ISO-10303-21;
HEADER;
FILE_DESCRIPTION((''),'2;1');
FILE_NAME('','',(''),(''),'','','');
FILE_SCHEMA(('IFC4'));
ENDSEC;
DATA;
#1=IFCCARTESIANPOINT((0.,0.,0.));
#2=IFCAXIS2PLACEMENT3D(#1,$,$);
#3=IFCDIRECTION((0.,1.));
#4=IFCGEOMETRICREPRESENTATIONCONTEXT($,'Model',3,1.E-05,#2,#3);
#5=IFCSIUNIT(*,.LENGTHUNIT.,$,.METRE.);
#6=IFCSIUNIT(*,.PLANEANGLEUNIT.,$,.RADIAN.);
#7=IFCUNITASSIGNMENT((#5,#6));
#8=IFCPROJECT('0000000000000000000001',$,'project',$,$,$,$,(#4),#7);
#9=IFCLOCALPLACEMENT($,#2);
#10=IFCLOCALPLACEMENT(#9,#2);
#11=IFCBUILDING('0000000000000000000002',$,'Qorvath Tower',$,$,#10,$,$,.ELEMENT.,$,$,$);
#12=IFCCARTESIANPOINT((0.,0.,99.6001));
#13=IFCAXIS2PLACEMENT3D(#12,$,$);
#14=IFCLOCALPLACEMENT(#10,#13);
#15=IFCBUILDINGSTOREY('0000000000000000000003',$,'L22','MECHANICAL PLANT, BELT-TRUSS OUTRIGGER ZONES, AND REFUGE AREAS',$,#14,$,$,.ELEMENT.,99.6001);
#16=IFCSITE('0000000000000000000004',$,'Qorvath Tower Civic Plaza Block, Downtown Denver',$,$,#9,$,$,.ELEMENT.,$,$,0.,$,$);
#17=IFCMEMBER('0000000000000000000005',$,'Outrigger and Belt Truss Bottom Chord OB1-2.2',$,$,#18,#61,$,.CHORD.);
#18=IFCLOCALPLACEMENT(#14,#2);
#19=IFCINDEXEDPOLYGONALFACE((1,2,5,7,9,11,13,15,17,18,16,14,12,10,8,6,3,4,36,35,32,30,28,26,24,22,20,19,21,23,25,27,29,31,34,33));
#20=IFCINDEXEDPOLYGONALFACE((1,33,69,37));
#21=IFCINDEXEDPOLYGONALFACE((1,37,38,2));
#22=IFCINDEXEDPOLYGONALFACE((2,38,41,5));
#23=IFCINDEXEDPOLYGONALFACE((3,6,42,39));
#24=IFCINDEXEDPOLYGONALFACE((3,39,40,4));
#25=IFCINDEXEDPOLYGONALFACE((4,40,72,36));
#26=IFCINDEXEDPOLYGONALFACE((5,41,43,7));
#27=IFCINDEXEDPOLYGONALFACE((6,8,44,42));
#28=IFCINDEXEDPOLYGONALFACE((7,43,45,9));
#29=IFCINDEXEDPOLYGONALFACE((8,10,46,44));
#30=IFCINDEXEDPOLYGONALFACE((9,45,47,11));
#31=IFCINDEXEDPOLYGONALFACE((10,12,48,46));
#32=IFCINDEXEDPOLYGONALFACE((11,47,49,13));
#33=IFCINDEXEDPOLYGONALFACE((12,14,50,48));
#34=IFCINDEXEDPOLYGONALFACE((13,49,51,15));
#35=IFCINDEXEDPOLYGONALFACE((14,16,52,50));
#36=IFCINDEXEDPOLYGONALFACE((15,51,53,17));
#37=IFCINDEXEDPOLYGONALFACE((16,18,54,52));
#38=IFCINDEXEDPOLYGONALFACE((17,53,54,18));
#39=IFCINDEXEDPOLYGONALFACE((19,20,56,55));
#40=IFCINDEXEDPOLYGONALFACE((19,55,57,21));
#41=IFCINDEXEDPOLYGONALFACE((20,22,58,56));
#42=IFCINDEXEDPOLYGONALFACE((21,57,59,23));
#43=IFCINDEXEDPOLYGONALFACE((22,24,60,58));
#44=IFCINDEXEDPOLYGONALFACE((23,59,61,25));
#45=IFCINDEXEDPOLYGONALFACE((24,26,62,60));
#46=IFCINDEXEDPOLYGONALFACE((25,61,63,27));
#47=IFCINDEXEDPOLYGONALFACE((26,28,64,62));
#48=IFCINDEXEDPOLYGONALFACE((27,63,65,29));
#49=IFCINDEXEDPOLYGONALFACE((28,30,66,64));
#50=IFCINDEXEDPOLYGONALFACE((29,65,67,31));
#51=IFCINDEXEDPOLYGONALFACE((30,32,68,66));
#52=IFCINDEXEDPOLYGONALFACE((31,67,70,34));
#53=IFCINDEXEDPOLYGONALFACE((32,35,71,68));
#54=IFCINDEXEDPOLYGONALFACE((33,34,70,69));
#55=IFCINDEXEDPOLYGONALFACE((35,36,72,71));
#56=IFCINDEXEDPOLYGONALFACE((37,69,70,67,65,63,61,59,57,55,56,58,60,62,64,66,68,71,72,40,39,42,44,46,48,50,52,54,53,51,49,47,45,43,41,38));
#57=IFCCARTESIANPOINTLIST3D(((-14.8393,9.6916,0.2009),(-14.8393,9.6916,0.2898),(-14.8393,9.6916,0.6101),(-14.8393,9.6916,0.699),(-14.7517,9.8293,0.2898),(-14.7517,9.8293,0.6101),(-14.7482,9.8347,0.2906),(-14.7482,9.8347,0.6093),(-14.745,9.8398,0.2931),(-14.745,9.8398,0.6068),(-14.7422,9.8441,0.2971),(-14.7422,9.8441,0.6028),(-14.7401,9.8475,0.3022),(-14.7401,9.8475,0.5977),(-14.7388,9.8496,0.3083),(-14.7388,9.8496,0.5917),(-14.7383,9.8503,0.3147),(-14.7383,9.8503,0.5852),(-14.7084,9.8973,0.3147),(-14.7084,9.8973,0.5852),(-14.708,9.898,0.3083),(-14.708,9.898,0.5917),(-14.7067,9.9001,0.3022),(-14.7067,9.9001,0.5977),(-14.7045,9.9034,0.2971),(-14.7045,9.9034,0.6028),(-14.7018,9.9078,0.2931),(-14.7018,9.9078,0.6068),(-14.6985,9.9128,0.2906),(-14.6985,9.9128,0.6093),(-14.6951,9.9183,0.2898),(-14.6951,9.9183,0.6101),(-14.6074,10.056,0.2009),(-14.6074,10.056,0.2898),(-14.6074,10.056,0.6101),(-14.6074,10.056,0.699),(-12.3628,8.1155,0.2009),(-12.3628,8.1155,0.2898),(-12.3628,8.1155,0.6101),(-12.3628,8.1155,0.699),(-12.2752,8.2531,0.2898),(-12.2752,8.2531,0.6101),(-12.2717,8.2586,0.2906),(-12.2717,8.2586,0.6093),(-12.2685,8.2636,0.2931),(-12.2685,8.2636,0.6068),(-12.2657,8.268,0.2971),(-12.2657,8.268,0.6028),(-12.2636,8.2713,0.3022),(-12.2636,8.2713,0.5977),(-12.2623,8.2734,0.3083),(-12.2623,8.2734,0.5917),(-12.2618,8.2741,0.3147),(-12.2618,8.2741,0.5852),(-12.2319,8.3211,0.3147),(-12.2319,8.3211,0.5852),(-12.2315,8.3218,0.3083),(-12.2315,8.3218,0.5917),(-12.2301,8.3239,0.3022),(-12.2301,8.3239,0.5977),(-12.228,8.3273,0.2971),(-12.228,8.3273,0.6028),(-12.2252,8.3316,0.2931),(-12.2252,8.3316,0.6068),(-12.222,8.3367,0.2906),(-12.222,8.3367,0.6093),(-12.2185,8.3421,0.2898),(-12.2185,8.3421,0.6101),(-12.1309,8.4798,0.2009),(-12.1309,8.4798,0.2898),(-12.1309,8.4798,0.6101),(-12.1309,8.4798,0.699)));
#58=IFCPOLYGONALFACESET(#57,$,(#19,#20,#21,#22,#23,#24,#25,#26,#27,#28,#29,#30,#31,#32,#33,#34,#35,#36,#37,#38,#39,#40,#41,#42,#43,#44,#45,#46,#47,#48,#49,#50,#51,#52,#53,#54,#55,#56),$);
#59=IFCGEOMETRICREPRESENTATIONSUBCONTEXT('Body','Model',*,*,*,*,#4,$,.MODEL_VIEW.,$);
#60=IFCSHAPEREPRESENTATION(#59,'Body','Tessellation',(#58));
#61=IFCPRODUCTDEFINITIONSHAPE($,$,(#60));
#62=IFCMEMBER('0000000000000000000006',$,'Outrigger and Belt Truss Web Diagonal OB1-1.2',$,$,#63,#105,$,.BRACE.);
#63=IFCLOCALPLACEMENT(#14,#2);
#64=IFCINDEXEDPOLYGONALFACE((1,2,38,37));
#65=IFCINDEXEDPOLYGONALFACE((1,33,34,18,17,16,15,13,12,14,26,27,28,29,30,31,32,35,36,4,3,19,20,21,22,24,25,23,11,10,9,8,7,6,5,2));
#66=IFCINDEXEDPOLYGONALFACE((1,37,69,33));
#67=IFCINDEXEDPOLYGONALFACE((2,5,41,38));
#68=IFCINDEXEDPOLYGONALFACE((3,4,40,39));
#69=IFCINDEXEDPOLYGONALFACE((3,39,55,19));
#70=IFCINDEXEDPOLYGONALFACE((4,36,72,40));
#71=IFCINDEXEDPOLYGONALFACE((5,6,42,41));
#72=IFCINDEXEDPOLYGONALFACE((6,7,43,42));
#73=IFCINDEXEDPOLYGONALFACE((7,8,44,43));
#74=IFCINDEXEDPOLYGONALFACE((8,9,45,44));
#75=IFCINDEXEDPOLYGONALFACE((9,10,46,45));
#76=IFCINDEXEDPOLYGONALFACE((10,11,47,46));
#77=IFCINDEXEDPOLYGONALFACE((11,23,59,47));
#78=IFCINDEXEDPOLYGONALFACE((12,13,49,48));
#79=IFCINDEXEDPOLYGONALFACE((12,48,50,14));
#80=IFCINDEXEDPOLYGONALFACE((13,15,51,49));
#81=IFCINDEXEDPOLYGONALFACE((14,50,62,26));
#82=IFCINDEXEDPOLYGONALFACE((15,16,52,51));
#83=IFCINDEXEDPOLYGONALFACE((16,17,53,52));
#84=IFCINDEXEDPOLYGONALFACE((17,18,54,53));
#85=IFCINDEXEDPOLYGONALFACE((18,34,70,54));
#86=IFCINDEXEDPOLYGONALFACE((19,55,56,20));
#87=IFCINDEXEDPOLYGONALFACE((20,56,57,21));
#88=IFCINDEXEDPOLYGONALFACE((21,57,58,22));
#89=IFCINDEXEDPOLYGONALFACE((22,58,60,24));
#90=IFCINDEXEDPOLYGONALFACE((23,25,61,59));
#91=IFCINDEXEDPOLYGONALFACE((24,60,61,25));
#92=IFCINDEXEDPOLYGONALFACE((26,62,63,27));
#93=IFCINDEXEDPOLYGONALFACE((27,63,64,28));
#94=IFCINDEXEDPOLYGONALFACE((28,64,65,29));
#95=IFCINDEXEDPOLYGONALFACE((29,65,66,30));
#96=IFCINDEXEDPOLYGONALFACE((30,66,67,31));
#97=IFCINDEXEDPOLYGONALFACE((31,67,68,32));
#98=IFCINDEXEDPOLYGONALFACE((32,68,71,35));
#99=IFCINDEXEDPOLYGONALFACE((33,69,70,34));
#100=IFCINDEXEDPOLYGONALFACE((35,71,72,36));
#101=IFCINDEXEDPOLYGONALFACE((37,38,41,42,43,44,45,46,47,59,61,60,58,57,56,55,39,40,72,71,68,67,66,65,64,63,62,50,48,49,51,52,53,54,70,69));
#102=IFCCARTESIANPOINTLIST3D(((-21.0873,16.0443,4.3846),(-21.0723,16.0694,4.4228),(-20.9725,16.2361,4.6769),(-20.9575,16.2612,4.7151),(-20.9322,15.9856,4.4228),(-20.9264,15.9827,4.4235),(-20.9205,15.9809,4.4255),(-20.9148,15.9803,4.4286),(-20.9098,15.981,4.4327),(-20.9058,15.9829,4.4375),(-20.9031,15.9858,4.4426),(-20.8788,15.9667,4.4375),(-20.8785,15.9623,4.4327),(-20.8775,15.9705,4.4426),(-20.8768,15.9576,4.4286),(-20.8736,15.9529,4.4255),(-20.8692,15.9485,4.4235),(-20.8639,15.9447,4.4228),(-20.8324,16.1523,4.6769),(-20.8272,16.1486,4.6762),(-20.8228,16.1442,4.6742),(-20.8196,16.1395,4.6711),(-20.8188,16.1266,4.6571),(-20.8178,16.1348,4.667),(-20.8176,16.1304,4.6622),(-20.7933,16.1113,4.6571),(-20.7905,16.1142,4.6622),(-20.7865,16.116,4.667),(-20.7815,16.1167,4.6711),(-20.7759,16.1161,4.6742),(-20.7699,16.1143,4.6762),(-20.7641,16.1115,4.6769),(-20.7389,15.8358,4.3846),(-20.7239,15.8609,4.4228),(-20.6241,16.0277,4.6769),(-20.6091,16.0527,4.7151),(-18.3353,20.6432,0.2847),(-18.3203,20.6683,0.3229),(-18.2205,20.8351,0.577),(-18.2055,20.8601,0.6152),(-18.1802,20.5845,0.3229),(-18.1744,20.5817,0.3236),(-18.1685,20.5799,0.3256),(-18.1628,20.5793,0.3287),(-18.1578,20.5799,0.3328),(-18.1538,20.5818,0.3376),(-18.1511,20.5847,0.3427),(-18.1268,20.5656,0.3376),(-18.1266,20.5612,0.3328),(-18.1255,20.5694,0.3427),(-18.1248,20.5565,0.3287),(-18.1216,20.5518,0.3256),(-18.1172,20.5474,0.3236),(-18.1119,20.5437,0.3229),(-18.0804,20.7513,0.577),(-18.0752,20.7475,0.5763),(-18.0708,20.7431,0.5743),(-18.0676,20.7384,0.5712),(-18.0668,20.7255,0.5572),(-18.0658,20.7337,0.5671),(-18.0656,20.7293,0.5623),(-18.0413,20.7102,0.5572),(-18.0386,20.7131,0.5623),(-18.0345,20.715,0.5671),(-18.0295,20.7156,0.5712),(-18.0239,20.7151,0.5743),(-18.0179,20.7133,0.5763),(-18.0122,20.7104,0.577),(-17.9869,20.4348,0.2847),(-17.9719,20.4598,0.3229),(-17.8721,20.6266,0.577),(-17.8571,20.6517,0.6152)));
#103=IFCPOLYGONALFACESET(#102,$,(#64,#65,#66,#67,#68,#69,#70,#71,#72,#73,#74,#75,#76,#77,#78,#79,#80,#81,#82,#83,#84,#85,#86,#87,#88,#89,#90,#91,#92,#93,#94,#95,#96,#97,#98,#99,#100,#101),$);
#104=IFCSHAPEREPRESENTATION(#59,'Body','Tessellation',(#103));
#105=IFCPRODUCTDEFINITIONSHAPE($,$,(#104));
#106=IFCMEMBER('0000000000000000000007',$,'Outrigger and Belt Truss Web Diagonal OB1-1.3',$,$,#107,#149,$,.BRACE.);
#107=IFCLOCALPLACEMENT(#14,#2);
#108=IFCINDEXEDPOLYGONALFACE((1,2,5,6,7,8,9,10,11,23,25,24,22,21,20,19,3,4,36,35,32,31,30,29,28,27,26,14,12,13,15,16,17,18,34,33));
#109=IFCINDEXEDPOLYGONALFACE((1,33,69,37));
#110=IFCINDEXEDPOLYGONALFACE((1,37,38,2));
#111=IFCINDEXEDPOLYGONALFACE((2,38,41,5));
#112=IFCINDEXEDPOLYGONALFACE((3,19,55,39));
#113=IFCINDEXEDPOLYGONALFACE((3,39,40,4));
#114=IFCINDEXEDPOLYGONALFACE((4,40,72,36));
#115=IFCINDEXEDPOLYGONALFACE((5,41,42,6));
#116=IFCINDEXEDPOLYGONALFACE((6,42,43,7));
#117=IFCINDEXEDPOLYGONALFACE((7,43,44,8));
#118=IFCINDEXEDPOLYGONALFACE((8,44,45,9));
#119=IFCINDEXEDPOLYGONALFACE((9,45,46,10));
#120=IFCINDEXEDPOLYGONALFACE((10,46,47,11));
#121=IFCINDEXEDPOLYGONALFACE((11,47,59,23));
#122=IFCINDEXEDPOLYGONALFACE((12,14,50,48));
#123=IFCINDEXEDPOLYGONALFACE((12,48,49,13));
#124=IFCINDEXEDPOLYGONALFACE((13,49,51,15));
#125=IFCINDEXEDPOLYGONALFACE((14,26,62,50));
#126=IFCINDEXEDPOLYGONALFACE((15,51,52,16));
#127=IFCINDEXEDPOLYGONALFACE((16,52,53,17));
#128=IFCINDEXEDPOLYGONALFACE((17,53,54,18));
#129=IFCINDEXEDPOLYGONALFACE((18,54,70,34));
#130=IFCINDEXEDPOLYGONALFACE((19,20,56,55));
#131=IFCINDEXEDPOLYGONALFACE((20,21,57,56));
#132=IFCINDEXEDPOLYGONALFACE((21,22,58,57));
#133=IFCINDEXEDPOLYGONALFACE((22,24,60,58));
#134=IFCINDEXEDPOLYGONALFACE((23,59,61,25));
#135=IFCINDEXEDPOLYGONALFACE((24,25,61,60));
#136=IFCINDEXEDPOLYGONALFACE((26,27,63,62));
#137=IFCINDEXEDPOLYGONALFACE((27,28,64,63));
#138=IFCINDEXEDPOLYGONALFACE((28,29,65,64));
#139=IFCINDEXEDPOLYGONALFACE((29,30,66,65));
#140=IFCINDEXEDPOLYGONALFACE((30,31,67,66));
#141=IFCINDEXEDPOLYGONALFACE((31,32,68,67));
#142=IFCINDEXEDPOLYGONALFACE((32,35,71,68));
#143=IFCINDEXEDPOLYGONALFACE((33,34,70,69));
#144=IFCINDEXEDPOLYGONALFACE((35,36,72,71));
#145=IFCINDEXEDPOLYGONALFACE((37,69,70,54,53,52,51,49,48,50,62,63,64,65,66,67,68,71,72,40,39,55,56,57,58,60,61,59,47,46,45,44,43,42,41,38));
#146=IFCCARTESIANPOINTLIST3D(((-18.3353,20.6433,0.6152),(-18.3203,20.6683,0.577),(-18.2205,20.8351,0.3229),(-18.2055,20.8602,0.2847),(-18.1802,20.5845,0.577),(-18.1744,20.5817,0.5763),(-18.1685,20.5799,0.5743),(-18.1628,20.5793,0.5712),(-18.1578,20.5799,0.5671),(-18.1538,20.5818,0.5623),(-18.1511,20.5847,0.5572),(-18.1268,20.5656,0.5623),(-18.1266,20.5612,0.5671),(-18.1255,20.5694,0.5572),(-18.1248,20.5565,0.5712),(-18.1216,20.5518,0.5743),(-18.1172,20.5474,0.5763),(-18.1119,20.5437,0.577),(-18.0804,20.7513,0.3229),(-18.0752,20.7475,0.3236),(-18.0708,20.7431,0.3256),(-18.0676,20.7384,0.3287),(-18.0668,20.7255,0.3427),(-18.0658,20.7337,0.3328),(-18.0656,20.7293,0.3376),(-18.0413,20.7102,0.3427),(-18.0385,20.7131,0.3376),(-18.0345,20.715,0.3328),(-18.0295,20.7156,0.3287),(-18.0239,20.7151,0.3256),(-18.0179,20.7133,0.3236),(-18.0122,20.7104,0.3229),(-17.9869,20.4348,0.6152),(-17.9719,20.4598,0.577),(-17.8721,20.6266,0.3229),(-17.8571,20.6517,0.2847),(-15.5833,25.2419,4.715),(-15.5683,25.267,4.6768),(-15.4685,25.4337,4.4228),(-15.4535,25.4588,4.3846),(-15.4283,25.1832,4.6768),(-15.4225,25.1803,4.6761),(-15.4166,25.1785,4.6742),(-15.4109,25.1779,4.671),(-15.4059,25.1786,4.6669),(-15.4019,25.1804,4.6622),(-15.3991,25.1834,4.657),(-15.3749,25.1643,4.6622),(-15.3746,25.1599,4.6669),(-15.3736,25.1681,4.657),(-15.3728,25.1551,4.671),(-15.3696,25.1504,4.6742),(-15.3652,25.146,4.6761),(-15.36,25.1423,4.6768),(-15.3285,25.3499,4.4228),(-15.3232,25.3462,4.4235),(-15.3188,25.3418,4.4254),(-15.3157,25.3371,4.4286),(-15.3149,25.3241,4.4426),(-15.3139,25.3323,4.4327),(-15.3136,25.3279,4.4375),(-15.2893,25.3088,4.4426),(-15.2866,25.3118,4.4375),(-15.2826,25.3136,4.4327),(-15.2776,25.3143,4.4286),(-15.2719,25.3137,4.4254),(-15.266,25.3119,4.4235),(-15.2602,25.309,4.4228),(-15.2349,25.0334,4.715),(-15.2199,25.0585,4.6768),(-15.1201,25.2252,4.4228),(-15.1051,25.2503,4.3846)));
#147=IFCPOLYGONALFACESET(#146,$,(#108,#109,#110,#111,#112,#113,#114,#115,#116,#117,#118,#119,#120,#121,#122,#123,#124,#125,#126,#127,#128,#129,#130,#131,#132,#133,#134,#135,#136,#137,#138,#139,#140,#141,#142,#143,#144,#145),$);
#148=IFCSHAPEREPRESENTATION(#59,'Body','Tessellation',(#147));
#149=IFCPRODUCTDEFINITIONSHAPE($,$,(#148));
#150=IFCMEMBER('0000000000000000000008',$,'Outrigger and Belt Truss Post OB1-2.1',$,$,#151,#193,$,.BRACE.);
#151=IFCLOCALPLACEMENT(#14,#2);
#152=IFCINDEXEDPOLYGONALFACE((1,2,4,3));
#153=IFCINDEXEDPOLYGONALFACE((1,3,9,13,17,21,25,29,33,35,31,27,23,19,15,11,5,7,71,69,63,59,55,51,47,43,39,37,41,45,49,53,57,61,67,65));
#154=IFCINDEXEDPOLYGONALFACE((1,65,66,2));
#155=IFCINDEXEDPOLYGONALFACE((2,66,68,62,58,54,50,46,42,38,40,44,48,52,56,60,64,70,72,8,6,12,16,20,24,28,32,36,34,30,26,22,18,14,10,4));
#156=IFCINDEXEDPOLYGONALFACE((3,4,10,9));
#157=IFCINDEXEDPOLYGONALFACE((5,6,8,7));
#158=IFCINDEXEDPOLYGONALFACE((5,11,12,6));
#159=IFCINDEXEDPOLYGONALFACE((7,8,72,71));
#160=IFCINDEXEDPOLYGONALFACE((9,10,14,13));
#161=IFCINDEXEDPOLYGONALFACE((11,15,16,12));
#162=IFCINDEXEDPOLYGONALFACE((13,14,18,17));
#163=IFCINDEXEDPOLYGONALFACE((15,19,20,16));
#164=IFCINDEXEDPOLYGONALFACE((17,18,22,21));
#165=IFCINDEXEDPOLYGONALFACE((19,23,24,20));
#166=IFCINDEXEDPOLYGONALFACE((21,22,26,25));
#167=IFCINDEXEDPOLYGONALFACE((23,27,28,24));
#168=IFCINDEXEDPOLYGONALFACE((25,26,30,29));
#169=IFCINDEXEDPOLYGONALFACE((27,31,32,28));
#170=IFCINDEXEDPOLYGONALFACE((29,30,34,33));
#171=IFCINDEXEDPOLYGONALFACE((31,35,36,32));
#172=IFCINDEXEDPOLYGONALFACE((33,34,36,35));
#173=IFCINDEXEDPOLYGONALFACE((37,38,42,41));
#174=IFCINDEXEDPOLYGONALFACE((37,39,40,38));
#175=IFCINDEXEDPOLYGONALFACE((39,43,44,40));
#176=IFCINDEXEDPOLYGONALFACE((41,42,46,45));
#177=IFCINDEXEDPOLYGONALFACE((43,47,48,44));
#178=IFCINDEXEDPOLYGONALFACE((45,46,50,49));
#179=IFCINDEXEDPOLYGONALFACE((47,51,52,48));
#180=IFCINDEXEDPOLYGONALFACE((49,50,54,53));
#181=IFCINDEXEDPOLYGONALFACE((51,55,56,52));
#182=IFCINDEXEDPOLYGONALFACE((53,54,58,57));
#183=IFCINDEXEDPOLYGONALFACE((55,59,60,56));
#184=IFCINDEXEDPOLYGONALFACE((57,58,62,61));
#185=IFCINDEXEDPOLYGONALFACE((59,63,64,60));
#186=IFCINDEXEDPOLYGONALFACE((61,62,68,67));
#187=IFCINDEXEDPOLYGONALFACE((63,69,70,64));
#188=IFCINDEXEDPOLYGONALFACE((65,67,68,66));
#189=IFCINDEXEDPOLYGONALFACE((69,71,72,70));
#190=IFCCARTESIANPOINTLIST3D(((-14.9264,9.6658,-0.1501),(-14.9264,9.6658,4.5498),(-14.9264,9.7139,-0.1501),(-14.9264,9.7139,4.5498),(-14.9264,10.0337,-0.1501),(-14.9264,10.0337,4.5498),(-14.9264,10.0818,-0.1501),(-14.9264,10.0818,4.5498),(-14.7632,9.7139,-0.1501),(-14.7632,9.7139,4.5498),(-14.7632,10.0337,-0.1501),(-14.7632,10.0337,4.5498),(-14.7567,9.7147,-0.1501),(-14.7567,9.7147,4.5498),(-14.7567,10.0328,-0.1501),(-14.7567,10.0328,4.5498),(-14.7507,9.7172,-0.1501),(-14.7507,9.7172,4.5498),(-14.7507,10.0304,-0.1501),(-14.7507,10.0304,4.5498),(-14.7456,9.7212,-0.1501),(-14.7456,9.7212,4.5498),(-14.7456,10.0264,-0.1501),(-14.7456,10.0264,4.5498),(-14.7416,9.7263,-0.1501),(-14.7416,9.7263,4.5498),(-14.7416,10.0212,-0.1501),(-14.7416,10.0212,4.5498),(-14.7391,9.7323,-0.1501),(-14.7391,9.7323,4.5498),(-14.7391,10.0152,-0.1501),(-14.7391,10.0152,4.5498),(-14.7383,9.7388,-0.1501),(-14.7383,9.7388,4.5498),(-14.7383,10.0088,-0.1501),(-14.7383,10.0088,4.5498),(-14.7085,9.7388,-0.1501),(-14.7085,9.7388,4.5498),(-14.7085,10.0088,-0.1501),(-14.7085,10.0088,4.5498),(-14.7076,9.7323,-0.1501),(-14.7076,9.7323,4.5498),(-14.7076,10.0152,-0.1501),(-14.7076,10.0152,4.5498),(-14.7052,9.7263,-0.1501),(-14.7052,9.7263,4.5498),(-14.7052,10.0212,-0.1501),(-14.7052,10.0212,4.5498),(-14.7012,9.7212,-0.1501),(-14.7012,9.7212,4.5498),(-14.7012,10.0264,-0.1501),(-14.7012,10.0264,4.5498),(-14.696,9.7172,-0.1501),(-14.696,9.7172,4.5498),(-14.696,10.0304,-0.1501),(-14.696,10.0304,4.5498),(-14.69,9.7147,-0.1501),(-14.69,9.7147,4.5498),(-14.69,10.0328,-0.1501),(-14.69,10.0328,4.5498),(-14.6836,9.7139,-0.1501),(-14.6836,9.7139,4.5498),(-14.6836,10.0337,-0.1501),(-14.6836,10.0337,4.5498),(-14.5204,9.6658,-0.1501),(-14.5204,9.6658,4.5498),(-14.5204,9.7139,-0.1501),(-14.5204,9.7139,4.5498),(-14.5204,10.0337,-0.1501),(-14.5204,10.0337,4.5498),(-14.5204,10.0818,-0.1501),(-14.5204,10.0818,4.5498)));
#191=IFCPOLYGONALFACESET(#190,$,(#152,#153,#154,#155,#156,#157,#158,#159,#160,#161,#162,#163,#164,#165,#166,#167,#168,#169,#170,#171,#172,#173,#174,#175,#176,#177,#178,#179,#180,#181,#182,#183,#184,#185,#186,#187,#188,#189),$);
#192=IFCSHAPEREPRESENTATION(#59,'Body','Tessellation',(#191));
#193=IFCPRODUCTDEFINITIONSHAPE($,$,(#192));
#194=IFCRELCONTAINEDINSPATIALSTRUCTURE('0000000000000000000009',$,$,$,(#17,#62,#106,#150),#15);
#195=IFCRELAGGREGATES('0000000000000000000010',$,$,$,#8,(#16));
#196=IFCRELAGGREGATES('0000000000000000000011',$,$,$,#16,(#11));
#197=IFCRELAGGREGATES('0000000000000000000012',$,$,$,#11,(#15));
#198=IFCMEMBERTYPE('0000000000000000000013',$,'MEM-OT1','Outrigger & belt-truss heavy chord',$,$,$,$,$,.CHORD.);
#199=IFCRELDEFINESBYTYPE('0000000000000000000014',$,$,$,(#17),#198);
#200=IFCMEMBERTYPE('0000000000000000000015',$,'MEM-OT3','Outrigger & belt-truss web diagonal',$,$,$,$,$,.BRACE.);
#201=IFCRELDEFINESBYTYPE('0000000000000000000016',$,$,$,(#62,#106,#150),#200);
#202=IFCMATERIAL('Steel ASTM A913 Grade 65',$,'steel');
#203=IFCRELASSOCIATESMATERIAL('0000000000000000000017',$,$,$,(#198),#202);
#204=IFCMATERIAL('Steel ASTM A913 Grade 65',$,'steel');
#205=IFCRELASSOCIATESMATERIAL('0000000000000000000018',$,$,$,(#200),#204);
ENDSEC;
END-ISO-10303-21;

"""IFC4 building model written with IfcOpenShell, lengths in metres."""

from ifc_helpers import new_model, si_unit, direction, frame, origin, origin_2d, place, context, subcontext, project, spatial, i_section, extrude, material, material_profile, profile_set, type_object, element, save


model = new_model("IFC4")

# Units and contexts
model_context = context("Model", 3, precision=1e-05, world=origin(), true_north=direction((0.0, 1.0)))
body_context = subcontext(model_context, "Body", "Model", "MODEL_VIEW")
ifc_project = project(units=[si_unit("LENGTHUNIT", "METRE"), si_unit("PLANEANGLEUNIT", "RADIAN")], contexts=[model_context])

# Site, building, storey
site_placement = place(None, origin())
site = spatial("IfcSite", under=ifc_project, at=site_placement, Name="Qorvath Tower Civic Plaza Block, Downtown Denver", CompositionType="ELEMENT", RefElevation=0.0)
building_placement = place(site_placement, origin())
building = spatial("IfcBuilding", under=site, at=building_placement, Name="Qorvath Tower", CompositionType="ELEMENT")
storey_placement = place(building_placement, frame((0.0, 0.0, 99.6001)))
storey = spatial("IfcBuildingStorey", under=building, at=storey_placement, Name="L22", Description="MECHANICAL PLANT, BELT-TRUSS OUTRIGGER ZONES, AND REFUGE AREAS", CompositionType="ELEMENT", Elevation=99.6001)

# Members
ifc_material_1 = material(Name="Steel ASTM A913 Grade 65", Category="steel")
ifc_material_profile_1 = material_profile(ifc_material_1, i_section(OverallWidth=0.4319, OverallDepth=0.498, WebThickness=0.0557, FlangeThickness=0.0889, FilletRadius=0.0249, at=origin_2d()), Name="W14x500")
ifc_profile_set_1 = profile_set([ifc_material_profile_1], Name="Steel ASTM A913 Grade 65")
member_type_1 = type_object("IfcMemberType", Name="MEM-OT1", Description="Outrigger & belt-truss heavy chord", PredefinedType="CHORD", material=ifc_profile_set_1)
for number, where, z_axis, x_axis, name in (
    (1, (-14.7234, 9.8738, 0.45), (0.843634, -0.536919, 0.0), (0.536919, 0.843634, 0.0), "Outrigger and Belt Truss Bottom Chord OB1-2.2"),
):
    element("IfcMember", number, at=place(storey_placement, frame(where, z_axis=z_axis, x_axis=x_axis)), inside=storey, type_object=member_type_1, Name=name, PredefinedType="CHORD", context=body_context, shape_type="SweptSolid", body=[
        extrude(i_section(OverallWidth=0.4319, OverallDepth=0.498, WebThickness=0.0557, FlangeThickness=0.0889, FilletRadius=0.0249, at=origin_2d()), origin(), (0.0, 0.0, 1.0), 2.9355),
    ])
ifc_material_2 = material(Name="Steel ASTM A913 Grade 65", Category="steel")
ifc_material_profile_2 = material_profile(ifc_material_2, i_section(OverallWidth=0.406, OverallDepth=0.416, WebThickness=0.0298, FlangeThickness=0.0481, FilletRadius=0.0249, at=origin_2d()), Name="W14x257")
ifc_profile_set_2 = profile_set([ifc_material_profile_2], Name="Steel ASTM A913 Grade 65")
member_type_2 = type_object("IfcMemberType", Name="MEM-OT3", Description="Outrigger & belt-truss web diagonal", PredefinedType="BRACE", material=ifc_profile_set_2)
member_1_placement = place(storey_placement, frame((-18.0962, 20.6475, 0.45), z_axis=(-0.407835, -0.681545, 0.607591), x_axis=(0.858099, -0.513484, 0.0)))
element("IfcMember", 2, at=member_1_placement, inside=storey, type_object=member_type_2, Name="Outrigger and Belt Truss Web Diagonal OB1-1.2", PredefinedType="BRACE", context=body_context, shape_type="SweptSolid", body=[
    extrude(i_section(OverallWidth=0.406, OverallDepth=0.416, WebThickness=0.0298, FlangeThickness=0.0481, FilletRadius=0.0249, at=origin_2d()), origin(), (0.0, 0.0, 1.0), 6.7478),
])
member_2_placement = place(storey_placement, frame((-18.0962, 20.6475, 0.45), z_axis=(0.407845, 0.681526, 0.607606), x_axis=(-0.858087, 0.513504, 0.0)))
element("IfcMember", 3, at=member_2_placement, inside=storey, type_object=member_type_2, Name="Outrigger and Belt Truss Web Diagonal OB1-1.3", PredefinedType="BRACE", context=body_context, shape_type="SweptSolid", body=[
    extrude(i_section(OverallWidth=0.406, OverallDepth=0.416, WebThickness=0.0298, FlangeThickness=0.0481, FilletRadius=0.0249, at=origin_2d()), origin(), (0.0, 0.0, 1.0), 6.7476),
])
member_3_placement = place(storey_placement, frame((-14.7234, 9.8738, -0.1501), z_axis=(0.0, 0.0, 1.0), x_axis=(1.0, 0.0, 0.0)))
element("IfcMember", 4, at=member_3_placement, inside=storey, type_object=member_type_2, Name="Outrigger and Belt Truss Post OB1-2.1", PredefinedType="BRACE", context=body_context, shape_type="SweptSolid", body=[
    extrude(i_section(OverallWidth=0.406, OverallDepth=0.416, WebThickness=0.0298, FlangeThickness=0.0481, FilletRadius=0.0249, at=origin_2d()), origin(), (0.0, 0.0, 1.0), 4.7),
])

save(model, "model.ifc")
